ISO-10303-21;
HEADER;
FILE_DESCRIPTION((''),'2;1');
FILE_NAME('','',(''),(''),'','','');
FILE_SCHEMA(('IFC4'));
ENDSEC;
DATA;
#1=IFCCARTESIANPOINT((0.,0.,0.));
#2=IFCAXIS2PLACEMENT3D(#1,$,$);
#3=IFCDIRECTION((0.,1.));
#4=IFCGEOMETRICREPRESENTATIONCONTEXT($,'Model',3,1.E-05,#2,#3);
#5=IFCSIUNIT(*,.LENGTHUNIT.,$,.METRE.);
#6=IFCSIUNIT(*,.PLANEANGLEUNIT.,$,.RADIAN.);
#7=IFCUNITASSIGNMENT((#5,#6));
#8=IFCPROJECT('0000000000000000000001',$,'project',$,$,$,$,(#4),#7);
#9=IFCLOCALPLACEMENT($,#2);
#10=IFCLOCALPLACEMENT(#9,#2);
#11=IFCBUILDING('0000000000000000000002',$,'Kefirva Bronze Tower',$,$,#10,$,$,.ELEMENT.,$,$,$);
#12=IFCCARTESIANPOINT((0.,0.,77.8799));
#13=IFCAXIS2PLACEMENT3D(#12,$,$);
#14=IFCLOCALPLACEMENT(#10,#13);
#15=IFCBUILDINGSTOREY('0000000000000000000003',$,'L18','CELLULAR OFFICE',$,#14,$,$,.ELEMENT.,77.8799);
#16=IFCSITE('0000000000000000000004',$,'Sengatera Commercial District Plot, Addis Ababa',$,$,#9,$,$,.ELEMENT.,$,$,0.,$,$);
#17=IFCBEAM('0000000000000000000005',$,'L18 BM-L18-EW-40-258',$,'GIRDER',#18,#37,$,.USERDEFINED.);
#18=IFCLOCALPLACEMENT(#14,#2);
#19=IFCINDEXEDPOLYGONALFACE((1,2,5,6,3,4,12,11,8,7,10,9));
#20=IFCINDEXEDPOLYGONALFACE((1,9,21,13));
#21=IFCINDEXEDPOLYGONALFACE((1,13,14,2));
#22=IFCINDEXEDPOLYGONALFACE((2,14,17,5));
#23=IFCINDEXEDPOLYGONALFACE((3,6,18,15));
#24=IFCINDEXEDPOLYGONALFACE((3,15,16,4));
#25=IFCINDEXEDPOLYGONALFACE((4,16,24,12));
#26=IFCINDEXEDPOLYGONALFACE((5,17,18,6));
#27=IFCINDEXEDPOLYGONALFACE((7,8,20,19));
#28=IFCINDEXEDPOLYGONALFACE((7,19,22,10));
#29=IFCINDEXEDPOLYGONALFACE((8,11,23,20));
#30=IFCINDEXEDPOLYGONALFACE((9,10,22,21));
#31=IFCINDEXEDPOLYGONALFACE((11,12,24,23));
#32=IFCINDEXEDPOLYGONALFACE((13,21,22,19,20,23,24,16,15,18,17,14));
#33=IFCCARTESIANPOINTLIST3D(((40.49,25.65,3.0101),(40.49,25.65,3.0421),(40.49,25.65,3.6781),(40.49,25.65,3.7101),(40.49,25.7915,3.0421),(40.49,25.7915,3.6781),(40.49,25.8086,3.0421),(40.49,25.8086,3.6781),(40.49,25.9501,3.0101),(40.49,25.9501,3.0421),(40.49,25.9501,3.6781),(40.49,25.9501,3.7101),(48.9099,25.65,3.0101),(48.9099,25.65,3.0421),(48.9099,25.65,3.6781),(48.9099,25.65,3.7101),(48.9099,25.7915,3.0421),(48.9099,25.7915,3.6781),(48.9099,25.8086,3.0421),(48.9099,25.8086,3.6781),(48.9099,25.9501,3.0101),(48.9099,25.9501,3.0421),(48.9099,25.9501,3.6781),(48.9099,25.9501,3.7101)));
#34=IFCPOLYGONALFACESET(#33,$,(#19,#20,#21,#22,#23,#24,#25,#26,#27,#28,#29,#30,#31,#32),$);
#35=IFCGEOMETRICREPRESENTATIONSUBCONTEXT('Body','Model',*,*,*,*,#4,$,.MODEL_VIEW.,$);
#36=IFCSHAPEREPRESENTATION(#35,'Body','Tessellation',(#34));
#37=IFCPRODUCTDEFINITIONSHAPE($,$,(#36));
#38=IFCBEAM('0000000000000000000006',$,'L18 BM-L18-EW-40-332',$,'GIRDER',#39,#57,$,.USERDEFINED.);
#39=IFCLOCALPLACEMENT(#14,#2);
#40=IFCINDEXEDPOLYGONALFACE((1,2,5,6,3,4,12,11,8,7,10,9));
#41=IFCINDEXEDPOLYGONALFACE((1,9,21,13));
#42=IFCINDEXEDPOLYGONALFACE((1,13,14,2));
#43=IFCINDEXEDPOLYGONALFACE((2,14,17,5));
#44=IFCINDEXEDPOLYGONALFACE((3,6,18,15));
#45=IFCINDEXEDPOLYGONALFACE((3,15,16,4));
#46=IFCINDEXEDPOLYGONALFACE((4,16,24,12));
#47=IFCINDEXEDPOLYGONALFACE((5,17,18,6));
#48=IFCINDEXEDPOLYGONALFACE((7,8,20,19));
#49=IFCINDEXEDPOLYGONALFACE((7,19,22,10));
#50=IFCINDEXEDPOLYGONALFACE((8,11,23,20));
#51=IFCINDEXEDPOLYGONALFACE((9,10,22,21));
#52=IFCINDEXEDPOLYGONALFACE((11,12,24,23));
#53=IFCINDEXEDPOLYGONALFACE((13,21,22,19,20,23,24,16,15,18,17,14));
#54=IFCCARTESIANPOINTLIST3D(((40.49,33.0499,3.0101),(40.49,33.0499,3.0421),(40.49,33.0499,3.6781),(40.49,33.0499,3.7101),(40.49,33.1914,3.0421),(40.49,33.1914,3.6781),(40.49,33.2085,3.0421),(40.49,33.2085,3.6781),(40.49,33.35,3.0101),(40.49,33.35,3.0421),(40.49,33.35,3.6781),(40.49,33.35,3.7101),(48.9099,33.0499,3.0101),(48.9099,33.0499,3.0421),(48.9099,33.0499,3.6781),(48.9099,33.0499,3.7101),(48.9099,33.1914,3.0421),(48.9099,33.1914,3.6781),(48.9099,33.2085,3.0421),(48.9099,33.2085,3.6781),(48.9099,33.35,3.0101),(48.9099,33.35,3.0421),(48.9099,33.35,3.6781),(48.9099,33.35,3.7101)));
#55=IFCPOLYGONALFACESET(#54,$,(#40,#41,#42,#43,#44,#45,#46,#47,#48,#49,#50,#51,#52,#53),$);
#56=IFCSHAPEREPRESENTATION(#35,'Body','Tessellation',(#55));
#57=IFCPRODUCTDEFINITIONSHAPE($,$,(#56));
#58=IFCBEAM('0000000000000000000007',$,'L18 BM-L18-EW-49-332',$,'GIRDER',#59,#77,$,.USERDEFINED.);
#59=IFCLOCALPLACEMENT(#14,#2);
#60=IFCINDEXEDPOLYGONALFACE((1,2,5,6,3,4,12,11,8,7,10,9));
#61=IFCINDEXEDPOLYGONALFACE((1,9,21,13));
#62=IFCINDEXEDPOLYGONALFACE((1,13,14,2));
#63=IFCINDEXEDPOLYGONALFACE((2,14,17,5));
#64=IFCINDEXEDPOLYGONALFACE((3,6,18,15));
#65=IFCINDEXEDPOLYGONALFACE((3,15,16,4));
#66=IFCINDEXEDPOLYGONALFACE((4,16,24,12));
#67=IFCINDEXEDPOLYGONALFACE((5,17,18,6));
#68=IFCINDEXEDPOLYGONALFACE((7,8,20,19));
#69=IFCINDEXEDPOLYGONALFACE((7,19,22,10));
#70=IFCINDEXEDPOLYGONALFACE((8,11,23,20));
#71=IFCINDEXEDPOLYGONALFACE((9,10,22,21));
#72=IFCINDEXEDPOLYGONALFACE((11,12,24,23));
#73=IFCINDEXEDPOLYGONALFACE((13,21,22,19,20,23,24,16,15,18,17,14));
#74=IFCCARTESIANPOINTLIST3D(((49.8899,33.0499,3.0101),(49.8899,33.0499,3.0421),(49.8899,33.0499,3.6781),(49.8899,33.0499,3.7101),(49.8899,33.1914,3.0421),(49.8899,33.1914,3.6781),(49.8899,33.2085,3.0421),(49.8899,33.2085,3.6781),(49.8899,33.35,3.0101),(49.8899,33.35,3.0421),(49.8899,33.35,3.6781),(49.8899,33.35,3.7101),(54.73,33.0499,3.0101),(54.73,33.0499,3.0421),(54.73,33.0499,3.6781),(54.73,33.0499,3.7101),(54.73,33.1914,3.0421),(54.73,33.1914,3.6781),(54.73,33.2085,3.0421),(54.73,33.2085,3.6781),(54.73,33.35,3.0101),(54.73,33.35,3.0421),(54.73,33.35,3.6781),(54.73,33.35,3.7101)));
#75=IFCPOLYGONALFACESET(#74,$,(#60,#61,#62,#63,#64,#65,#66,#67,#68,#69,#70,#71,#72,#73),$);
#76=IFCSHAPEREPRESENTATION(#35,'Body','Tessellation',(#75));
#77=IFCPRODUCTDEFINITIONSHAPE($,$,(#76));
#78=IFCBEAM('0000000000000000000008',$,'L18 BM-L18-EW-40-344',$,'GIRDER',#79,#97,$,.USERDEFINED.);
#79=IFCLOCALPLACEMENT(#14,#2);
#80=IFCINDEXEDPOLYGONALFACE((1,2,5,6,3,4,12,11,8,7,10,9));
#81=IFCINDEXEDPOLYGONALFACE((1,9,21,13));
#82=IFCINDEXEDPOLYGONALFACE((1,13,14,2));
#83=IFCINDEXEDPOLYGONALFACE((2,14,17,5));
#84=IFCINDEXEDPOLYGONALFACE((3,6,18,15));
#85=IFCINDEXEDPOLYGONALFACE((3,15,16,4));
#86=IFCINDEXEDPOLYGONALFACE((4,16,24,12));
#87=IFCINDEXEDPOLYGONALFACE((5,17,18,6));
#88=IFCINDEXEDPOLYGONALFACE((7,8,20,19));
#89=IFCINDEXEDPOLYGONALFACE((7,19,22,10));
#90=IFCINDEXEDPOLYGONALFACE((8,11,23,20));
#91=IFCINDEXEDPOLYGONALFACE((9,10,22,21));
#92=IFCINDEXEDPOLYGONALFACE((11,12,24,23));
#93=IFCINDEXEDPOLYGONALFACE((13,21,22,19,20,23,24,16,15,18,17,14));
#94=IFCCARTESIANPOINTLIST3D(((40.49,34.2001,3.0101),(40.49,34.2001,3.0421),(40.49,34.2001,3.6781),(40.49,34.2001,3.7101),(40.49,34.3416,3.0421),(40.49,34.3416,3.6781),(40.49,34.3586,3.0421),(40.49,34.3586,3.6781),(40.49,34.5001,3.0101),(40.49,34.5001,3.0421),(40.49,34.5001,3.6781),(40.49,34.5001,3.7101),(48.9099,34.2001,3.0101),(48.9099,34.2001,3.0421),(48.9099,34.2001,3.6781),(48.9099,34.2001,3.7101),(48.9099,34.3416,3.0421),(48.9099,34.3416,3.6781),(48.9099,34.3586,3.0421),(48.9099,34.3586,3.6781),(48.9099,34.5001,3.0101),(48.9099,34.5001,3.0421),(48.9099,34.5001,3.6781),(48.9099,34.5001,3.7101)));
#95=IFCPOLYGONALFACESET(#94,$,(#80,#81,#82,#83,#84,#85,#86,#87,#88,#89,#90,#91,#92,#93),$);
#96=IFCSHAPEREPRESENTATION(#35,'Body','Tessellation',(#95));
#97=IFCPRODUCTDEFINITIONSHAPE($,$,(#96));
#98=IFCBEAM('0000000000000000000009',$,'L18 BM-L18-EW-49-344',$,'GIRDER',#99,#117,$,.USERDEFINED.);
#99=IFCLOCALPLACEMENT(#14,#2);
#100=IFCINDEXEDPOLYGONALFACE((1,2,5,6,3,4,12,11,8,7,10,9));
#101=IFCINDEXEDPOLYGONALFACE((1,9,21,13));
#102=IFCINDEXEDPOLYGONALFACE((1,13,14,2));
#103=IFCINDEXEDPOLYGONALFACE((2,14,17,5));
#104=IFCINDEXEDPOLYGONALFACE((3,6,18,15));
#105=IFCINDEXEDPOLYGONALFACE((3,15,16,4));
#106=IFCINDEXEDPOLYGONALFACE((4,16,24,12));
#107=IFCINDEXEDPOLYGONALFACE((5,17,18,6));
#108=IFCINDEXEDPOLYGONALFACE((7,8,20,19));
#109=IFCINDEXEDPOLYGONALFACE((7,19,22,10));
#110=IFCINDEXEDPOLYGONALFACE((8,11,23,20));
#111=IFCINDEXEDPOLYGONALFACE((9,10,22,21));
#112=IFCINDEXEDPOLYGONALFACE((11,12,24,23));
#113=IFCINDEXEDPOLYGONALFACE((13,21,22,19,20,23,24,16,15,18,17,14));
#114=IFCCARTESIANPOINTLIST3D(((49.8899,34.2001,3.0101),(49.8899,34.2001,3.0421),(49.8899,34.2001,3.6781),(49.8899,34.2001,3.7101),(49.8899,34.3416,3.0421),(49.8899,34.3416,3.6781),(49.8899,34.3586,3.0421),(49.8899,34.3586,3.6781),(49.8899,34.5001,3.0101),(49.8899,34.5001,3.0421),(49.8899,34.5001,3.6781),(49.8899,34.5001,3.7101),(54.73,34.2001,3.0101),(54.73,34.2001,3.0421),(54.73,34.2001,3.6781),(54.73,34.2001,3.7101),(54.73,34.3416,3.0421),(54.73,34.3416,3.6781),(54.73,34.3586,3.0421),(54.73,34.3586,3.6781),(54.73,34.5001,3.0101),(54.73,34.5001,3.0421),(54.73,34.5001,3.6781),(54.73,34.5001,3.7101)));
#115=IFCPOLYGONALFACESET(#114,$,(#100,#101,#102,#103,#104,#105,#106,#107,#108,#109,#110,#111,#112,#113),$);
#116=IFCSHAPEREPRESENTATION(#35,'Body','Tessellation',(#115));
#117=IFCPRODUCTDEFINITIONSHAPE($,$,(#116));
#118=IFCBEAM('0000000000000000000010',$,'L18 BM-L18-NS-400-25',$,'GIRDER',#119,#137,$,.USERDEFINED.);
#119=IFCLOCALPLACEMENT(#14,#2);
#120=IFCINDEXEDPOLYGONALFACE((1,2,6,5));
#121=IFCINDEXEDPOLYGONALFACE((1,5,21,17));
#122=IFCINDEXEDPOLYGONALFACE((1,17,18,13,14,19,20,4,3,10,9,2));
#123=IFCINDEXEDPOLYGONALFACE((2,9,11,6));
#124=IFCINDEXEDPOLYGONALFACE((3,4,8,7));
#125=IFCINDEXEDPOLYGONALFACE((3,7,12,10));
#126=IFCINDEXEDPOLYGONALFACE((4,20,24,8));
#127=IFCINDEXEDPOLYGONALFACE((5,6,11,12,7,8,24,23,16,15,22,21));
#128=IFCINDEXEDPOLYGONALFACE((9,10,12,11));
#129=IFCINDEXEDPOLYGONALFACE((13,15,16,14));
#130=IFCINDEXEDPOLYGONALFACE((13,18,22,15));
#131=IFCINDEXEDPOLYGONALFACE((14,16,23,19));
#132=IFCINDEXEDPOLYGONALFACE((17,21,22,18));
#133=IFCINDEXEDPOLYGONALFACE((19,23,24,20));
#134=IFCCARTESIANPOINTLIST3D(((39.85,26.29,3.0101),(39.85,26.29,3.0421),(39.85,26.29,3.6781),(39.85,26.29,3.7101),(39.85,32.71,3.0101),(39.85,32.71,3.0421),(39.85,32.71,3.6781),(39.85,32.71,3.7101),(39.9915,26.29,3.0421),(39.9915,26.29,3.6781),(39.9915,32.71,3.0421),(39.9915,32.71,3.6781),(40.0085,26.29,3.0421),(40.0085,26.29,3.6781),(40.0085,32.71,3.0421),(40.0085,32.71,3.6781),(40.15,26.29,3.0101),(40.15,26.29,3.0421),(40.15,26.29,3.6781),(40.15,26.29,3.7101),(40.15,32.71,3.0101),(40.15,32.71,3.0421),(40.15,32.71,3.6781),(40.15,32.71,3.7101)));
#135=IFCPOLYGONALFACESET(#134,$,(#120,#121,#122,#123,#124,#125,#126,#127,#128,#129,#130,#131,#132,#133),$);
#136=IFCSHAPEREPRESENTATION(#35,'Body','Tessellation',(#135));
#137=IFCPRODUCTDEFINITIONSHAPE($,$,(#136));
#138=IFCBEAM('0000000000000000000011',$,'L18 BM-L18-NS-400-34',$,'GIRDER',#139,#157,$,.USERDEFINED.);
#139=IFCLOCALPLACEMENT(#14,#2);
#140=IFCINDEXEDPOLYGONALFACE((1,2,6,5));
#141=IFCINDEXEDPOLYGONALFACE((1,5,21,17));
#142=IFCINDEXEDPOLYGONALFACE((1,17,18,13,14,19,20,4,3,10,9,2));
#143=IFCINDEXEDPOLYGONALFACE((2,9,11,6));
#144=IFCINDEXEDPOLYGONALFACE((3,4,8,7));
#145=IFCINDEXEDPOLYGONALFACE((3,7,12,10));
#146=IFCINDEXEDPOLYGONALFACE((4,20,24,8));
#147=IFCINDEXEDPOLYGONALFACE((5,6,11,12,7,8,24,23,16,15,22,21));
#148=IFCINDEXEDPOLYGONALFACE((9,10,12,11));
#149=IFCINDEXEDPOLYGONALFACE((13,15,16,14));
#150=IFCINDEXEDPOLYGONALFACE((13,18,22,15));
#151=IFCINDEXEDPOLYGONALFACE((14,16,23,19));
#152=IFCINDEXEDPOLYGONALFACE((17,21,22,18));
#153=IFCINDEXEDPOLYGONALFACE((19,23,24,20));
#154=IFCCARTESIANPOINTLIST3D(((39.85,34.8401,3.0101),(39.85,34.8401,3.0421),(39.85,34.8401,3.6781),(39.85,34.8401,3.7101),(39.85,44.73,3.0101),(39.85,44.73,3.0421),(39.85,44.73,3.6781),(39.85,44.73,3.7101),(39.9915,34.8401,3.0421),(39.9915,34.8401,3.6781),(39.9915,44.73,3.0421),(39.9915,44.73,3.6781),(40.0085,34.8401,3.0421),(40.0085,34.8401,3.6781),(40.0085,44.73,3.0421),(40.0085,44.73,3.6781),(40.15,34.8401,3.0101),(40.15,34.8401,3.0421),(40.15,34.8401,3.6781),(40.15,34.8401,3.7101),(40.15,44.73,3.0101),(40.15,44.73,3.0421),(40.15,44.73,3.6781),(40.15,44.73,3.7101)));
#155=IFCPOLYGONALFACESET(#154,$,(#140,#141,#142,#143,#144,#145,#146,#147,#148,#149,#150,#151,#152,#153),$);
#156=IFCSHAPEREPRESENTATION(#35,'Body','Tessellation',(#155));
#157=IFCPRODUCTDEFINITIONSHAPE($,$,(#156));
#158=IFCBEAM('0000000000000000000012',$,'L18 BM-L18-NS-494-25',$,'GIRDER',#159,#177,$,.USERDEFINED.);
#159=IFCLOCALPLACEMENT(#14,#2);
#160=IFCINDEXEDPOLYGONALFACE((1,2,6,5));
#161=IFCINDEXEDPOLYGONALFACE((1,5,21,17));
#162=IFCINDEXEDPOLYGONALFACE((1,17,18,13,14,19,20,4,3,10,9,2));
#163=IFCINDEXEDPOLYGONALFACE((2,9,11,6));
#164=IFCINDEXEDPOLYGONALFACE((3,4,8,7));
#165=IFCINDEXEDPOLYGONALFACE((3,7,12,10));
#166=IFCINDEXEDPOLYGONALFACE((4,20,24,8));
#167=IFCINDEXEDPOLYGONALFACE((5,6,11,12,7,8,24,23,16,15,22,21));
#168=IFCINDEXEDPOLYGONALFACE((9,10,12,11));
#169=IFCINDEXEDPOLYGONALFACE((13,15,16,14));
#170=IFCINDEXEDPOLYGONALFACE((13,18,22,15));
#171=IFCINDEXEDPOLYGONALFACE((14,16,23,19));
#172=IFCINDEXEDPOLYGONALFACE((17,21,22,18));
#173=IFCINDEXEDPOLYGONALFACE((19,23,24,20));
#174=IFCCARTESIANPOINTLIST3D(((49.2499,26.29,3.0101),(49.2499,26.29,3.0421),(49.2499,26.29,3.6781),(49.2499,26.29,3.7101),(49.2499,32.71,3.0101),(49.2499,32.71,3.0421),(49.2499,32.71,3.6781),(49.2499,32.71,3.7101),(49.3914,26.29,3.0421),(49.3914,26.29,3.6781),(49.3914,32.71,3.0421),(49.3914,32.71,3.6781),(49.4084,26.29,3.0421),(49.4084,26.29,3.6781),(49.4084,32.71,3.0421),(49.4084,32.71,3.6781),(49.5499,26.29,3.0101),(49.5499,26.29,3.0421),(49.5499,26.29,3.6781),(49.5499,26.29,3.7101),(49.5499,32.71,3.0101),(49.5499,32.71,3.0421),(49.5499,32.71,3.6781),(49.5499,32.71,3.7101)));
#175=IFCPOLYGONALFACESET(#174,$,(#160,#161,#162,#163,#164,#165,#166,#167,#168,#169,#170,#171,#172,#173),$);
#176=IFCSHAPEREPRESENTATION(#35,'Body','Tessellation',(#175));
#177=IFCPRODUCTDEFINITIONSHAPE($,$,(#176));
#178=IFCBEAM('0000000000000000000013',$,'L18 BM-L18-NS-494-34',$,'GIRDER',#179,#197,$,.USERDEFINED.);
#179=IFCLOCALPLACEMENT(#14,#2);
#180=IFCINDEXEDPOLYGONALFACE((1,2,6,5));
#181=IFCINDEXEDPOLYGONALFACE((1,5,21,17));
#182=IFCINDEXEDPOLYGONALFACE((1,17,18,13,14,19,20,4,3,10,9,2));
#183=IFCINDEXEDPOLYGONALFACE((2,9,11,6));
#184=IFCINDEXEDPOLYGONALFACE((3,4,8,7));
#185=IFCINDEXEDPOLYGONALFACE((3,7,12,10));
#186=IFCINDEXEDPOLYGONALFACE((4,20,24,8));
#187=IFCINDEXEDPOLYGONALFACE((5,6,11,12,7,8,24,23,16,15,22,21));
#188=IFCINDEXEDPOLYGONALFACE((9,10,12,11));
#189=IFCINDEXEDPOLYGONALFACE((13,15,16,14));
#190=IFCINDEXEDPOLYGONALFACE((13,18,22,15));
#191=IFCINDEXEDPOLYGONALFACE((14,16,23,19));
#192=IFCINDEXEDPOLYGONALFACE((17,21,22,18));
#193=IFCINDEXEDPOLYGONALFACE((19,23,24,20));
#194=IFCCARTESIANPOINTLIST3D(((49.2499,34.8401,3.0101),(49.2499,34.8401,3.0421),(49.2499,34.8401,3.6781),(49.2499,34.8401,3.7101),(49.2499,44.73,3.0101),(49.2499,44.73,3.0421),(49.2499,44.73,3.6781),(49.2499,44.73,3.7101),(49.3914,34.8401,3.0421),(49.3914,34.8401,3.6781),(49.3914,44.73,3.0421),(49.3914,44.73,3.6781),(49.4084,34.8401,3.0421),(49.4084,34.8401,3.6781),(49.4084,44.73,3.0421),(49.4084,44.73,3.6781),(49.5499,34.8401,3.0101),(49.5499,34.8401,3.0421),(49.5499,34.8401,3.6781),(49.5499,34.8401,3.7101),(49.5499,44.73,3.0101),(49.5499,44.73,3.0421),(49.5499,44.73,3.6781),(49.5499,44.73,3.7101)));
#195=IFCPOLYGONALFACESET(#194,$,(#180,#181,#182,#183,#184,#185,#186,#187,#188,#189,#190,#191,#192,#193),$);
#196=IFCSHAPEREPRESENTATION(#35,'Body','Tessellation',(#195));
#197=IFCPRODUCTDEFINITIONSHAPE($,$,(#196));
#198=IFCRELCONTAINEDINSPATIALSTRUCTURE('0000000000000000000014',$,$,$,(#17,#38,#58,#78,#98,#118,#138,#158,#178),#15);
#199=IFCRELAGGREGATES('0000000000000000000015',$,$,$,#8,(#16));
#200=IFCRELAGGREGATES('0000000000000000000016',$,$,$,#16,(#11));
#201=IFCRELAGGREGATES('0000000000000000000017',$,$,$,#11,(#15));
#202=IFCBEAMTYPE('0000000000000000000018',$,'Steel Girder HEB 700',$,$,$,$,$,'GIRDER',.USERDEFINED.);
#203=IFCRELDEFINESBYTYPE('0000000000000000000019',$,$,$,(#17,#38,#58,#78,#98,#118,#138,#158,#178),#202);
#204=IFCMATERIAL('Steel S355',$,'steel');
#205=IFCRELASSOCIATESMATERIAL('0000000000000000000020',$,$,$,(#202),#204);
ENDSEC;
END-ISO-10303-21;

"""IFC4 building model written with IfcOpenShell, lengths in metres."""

from ifc_helpers import new_model, si_unit, direction, frame, origin, origin_2d, place, context, subcontext, project, spatial, i_section, extrude, material, material_profile, profile_set, type_object, element, save


model = new_model("IFC4")

# Units and contexts
model_context = context("Model", 3, precision=1e-05, world=origin(), true_north=direction((0.0, 1.0)))
body_context = subcontext(model_context, "Body", "Model", "MODEL_VIEW")
ifc_project = project(units=[si_unit("LENGTHUNIT", "METRE"), si_unit("PLANEANGLEUNIT", "RADIAN")], contexts=[model_context])

# Site, building, storey
site_placement = place(None, origin())
site = spatial("IfcSite", under=ifc_project, at=site_placement, Name="Sengatera Commercial District Plot, Addis Ababa", CompositionType="ELEMENT", RefElevation=0.0)
building_placement = place(site_placement, origin())
building = spatial("IfcBuilding", under=site, at=building_placement, Name="Kefirva Bronze Tower", CompositionType="ELEMENT")
storey_placement = place(building_placement, frame((0.0, 0.0, 77.8799)))
storey = spatial("IfcBuildingStorey", under=building, at=storey_placement, Name="L18", Description="CELLULAR OFFICE", CompositionType="ELEMENT", Elevation=77.8799)

# Beams
ifc_material_1 = material(Name="Steel S355", Category="steel")
ifc_material_profile_1 = material_profile(ifc_material_1, i_section(OverallWidth=0.3, OverallDepth=0.7, WebThickness=0.0171, FlangeThickness=0.032, at=origin_2d()), Name="HEB 700")
ifc_profile_set_1 = profile_set([ifc_material_profile_1], Name="Steel S355")
beam_type_1 = type_object("IfcBeamType", Name="Steel Girder HEB 700", ElementType="GIRDER", PredefinedType="USERDEFINED", material=ifc_profile_set_1)
for number, where, z_axis, x_axis, name in (
    (1, (40.49, 25.8, 3.3601), (1.0, 0.0, 0.0), (0.0, 1.0, 0.0), "L18 BM-L18-EW-40-258"),
    (2, (40.49, 33.2, 3.3601), (1.0, 0.0, 0.0), (0.0, 1.0, 0.0), "L18 BM-L18-EW-40-332"),
):
    element("IfcBeam", number, at=place(storey_placement, frame(where, z_axis=z_axis, x_axis=x_axis)), inside=storey, type_object=beam_type_1, Name=name, ObjectType="GIRDER", PredefinedType="USERDEFINED", context=body_context, shape_type="SweptSolid", body=[
        extrude(i_section(OverallWidth=0.3, OverallDepth=0.7, WebThickness=0.0171, FlangeThickness=0.032, at=origin_2d()), origin(), (0.0, 0.0, 1.0), 8.4199),
    ])
beam_1_placement = place(storey_placement, frame((49.8899, 33.2, 3.3601), z_axis=(1.0, 0.0, 0.0), x_axis=(0.0, 1.0, 0.0)))
element("IfcBeam", 3, at=beam_1_placement, inside=storey, type_object=beam_type_1, Name="L18 BM-L18-EW-49-332", ObjectType="GIRDER", PredefinedType="USERDEFINED", context=body_context, shape_type="SweptSolid", body=[
    extrude(i_section(OverallWidth=0.3, OverallDepth=0.7, WebThickness=0.0171, FlangeThickness=0.032, at=origin_2d()), origin(), (0.0, 0.0, 1.0), 4.8401),
])
beam_2_placement = place(storey_placement, frame((40.49, 34.3501, 3.3601), z_axis=(1.0, 0.0, 0.0), x_axis=(0.0, 1.0, 0.0)))
element("IfcBeam", 4, at=beam_2_placement, inside=storey, type_object=beam_type_1, Name="L18 BM-L18-EW-40-344", ObjectType="GIRDER", PredefinedType="USERDEFINED", context=body_context, shape_type="SweptSolid", body=[
    extrude(i_section(OverallWidth=0.3, OverallDepth=0.7, WebThickness=0.0171, FlangeThickness=0.032, at=origin_2d()), origin(), (0.0, 0.0, 1.0), 8.4199),
])
beam_3_placement = place(storey_placement, frame((49.8899, 34.3501, 3.3601), z_axis=(1.0, 0.0, 0.0), x_axis=(0.0, 1.0, 0.0)))
element("IfcBeam", 5, at=beam_3_placement, inside=storey, type_object=beam_type_1, Name="L18 BM-L18-EW-49-344", ObjectType="GIRDER", PredefinedType="USERDEFINED", context=body_context, shape_type="SweptSolid", body=[
    extrude(i_section(OverallWidth=0.3, OverallDepth=0.7, WebThickness=0.0171, FlangeThickness=0.032, at=origin_2d()), origin(), (0.0, 0.0, 1.0), 4.8401),
])
beam_4_placement = place(storey_placement, frame((40.0, 26.29, 3.3601), z_axis=(0.0, 1.0, 0.0), x_axis=(-1.0, 0.0, 0.0)))
element("IfcBeam", 6, at=beam_4_placement, inside=storey, type_object=beam_type_1, Name="L18 BM-L18-NS-400-25", ObjectType="GIRDER", PredefinedType="USERDEFINED", context=body_context, shape_type="SweptSolid", body=[
    extrude(i_section(OverallWidth=0.3, OverallDepth=0.7, WebThickness=0.0171, FlangeThickness=0.032, at=origin_2d()), origin(), (0.0, 0.0, 1.0), 6.4199),
])
beam_5_placement = place(storey_placement, frame((40.0, 34.8401, 3.3601), z_axis=(0.0, 1.0, 0.0), x_axis=(-1.0, 0.0, 0.0)))
element("IfcBeam", 7, at=beam_5_placement, inside=storey, type_object=beam_type_1, Name="L18 BM-L18-NS-400-34", ObjectType="GIRDER", PredefinedType="USERDEFINED", context=body_context, shape_type="SweptSolid", body=[
    extrude(i_section(OverallWidth=0.3, OverallDepth=0.7, WebThickness=0.0171, FlangeThickness=0.032, at=origin_2d()), origin(), (0.0, 0.0, 1.0), 9.8899),
])
beam_6_placement = place(storey_placement, frame((49.3999, 26.29, 3.3601), z_axis=(0.0, 1.0, 0.0), x_axis=(-1.0, 0.0, 0.0)))
element("IfcBeam", 8, at=beam_6_placement, inside=storey, type_object=beam_type_1, Name="L18 BM-L18-NS-494-25", ObjectType="GIRDER", PredefinedType="USERDEFINED", context=body_context, shape_type="SweptSolid", body=[
    extrude(i_section(OverallWidth=0.3, OverallDepth=0.7, WebThickness=0.0171, FlangeThickness=0.032, at=origin_2d()), origin(), (0.0, 0.0, 1.0), 6.4199),
])
beam_7_placement = place(storey_placement, frame((49.3999, 34.8401, 3.3601), z_axis=(0.0, 1.0, 0.0), x_axis=(-1.0, 0.0, 0.0)))
element("IfcBeam", 9, at=beam_7_placement, inside=storey, type_object=beam_type_1, Name="L18 BM-L18-NS-494-34", ObjectType="GIRDER", PredefinedType="USERDEFINED", context=body_context, shape_type="SweptSolid", body=[
    extrude(i_section(OverallWidth=0.3, OverallDepth=0.7, WebThickness=0.0171, FlangeThickness=0.032, at=origin_2d()), origin(), (0.0, 0.0, 1.0), 9.8899),
])

save(model, "model.ifc")
